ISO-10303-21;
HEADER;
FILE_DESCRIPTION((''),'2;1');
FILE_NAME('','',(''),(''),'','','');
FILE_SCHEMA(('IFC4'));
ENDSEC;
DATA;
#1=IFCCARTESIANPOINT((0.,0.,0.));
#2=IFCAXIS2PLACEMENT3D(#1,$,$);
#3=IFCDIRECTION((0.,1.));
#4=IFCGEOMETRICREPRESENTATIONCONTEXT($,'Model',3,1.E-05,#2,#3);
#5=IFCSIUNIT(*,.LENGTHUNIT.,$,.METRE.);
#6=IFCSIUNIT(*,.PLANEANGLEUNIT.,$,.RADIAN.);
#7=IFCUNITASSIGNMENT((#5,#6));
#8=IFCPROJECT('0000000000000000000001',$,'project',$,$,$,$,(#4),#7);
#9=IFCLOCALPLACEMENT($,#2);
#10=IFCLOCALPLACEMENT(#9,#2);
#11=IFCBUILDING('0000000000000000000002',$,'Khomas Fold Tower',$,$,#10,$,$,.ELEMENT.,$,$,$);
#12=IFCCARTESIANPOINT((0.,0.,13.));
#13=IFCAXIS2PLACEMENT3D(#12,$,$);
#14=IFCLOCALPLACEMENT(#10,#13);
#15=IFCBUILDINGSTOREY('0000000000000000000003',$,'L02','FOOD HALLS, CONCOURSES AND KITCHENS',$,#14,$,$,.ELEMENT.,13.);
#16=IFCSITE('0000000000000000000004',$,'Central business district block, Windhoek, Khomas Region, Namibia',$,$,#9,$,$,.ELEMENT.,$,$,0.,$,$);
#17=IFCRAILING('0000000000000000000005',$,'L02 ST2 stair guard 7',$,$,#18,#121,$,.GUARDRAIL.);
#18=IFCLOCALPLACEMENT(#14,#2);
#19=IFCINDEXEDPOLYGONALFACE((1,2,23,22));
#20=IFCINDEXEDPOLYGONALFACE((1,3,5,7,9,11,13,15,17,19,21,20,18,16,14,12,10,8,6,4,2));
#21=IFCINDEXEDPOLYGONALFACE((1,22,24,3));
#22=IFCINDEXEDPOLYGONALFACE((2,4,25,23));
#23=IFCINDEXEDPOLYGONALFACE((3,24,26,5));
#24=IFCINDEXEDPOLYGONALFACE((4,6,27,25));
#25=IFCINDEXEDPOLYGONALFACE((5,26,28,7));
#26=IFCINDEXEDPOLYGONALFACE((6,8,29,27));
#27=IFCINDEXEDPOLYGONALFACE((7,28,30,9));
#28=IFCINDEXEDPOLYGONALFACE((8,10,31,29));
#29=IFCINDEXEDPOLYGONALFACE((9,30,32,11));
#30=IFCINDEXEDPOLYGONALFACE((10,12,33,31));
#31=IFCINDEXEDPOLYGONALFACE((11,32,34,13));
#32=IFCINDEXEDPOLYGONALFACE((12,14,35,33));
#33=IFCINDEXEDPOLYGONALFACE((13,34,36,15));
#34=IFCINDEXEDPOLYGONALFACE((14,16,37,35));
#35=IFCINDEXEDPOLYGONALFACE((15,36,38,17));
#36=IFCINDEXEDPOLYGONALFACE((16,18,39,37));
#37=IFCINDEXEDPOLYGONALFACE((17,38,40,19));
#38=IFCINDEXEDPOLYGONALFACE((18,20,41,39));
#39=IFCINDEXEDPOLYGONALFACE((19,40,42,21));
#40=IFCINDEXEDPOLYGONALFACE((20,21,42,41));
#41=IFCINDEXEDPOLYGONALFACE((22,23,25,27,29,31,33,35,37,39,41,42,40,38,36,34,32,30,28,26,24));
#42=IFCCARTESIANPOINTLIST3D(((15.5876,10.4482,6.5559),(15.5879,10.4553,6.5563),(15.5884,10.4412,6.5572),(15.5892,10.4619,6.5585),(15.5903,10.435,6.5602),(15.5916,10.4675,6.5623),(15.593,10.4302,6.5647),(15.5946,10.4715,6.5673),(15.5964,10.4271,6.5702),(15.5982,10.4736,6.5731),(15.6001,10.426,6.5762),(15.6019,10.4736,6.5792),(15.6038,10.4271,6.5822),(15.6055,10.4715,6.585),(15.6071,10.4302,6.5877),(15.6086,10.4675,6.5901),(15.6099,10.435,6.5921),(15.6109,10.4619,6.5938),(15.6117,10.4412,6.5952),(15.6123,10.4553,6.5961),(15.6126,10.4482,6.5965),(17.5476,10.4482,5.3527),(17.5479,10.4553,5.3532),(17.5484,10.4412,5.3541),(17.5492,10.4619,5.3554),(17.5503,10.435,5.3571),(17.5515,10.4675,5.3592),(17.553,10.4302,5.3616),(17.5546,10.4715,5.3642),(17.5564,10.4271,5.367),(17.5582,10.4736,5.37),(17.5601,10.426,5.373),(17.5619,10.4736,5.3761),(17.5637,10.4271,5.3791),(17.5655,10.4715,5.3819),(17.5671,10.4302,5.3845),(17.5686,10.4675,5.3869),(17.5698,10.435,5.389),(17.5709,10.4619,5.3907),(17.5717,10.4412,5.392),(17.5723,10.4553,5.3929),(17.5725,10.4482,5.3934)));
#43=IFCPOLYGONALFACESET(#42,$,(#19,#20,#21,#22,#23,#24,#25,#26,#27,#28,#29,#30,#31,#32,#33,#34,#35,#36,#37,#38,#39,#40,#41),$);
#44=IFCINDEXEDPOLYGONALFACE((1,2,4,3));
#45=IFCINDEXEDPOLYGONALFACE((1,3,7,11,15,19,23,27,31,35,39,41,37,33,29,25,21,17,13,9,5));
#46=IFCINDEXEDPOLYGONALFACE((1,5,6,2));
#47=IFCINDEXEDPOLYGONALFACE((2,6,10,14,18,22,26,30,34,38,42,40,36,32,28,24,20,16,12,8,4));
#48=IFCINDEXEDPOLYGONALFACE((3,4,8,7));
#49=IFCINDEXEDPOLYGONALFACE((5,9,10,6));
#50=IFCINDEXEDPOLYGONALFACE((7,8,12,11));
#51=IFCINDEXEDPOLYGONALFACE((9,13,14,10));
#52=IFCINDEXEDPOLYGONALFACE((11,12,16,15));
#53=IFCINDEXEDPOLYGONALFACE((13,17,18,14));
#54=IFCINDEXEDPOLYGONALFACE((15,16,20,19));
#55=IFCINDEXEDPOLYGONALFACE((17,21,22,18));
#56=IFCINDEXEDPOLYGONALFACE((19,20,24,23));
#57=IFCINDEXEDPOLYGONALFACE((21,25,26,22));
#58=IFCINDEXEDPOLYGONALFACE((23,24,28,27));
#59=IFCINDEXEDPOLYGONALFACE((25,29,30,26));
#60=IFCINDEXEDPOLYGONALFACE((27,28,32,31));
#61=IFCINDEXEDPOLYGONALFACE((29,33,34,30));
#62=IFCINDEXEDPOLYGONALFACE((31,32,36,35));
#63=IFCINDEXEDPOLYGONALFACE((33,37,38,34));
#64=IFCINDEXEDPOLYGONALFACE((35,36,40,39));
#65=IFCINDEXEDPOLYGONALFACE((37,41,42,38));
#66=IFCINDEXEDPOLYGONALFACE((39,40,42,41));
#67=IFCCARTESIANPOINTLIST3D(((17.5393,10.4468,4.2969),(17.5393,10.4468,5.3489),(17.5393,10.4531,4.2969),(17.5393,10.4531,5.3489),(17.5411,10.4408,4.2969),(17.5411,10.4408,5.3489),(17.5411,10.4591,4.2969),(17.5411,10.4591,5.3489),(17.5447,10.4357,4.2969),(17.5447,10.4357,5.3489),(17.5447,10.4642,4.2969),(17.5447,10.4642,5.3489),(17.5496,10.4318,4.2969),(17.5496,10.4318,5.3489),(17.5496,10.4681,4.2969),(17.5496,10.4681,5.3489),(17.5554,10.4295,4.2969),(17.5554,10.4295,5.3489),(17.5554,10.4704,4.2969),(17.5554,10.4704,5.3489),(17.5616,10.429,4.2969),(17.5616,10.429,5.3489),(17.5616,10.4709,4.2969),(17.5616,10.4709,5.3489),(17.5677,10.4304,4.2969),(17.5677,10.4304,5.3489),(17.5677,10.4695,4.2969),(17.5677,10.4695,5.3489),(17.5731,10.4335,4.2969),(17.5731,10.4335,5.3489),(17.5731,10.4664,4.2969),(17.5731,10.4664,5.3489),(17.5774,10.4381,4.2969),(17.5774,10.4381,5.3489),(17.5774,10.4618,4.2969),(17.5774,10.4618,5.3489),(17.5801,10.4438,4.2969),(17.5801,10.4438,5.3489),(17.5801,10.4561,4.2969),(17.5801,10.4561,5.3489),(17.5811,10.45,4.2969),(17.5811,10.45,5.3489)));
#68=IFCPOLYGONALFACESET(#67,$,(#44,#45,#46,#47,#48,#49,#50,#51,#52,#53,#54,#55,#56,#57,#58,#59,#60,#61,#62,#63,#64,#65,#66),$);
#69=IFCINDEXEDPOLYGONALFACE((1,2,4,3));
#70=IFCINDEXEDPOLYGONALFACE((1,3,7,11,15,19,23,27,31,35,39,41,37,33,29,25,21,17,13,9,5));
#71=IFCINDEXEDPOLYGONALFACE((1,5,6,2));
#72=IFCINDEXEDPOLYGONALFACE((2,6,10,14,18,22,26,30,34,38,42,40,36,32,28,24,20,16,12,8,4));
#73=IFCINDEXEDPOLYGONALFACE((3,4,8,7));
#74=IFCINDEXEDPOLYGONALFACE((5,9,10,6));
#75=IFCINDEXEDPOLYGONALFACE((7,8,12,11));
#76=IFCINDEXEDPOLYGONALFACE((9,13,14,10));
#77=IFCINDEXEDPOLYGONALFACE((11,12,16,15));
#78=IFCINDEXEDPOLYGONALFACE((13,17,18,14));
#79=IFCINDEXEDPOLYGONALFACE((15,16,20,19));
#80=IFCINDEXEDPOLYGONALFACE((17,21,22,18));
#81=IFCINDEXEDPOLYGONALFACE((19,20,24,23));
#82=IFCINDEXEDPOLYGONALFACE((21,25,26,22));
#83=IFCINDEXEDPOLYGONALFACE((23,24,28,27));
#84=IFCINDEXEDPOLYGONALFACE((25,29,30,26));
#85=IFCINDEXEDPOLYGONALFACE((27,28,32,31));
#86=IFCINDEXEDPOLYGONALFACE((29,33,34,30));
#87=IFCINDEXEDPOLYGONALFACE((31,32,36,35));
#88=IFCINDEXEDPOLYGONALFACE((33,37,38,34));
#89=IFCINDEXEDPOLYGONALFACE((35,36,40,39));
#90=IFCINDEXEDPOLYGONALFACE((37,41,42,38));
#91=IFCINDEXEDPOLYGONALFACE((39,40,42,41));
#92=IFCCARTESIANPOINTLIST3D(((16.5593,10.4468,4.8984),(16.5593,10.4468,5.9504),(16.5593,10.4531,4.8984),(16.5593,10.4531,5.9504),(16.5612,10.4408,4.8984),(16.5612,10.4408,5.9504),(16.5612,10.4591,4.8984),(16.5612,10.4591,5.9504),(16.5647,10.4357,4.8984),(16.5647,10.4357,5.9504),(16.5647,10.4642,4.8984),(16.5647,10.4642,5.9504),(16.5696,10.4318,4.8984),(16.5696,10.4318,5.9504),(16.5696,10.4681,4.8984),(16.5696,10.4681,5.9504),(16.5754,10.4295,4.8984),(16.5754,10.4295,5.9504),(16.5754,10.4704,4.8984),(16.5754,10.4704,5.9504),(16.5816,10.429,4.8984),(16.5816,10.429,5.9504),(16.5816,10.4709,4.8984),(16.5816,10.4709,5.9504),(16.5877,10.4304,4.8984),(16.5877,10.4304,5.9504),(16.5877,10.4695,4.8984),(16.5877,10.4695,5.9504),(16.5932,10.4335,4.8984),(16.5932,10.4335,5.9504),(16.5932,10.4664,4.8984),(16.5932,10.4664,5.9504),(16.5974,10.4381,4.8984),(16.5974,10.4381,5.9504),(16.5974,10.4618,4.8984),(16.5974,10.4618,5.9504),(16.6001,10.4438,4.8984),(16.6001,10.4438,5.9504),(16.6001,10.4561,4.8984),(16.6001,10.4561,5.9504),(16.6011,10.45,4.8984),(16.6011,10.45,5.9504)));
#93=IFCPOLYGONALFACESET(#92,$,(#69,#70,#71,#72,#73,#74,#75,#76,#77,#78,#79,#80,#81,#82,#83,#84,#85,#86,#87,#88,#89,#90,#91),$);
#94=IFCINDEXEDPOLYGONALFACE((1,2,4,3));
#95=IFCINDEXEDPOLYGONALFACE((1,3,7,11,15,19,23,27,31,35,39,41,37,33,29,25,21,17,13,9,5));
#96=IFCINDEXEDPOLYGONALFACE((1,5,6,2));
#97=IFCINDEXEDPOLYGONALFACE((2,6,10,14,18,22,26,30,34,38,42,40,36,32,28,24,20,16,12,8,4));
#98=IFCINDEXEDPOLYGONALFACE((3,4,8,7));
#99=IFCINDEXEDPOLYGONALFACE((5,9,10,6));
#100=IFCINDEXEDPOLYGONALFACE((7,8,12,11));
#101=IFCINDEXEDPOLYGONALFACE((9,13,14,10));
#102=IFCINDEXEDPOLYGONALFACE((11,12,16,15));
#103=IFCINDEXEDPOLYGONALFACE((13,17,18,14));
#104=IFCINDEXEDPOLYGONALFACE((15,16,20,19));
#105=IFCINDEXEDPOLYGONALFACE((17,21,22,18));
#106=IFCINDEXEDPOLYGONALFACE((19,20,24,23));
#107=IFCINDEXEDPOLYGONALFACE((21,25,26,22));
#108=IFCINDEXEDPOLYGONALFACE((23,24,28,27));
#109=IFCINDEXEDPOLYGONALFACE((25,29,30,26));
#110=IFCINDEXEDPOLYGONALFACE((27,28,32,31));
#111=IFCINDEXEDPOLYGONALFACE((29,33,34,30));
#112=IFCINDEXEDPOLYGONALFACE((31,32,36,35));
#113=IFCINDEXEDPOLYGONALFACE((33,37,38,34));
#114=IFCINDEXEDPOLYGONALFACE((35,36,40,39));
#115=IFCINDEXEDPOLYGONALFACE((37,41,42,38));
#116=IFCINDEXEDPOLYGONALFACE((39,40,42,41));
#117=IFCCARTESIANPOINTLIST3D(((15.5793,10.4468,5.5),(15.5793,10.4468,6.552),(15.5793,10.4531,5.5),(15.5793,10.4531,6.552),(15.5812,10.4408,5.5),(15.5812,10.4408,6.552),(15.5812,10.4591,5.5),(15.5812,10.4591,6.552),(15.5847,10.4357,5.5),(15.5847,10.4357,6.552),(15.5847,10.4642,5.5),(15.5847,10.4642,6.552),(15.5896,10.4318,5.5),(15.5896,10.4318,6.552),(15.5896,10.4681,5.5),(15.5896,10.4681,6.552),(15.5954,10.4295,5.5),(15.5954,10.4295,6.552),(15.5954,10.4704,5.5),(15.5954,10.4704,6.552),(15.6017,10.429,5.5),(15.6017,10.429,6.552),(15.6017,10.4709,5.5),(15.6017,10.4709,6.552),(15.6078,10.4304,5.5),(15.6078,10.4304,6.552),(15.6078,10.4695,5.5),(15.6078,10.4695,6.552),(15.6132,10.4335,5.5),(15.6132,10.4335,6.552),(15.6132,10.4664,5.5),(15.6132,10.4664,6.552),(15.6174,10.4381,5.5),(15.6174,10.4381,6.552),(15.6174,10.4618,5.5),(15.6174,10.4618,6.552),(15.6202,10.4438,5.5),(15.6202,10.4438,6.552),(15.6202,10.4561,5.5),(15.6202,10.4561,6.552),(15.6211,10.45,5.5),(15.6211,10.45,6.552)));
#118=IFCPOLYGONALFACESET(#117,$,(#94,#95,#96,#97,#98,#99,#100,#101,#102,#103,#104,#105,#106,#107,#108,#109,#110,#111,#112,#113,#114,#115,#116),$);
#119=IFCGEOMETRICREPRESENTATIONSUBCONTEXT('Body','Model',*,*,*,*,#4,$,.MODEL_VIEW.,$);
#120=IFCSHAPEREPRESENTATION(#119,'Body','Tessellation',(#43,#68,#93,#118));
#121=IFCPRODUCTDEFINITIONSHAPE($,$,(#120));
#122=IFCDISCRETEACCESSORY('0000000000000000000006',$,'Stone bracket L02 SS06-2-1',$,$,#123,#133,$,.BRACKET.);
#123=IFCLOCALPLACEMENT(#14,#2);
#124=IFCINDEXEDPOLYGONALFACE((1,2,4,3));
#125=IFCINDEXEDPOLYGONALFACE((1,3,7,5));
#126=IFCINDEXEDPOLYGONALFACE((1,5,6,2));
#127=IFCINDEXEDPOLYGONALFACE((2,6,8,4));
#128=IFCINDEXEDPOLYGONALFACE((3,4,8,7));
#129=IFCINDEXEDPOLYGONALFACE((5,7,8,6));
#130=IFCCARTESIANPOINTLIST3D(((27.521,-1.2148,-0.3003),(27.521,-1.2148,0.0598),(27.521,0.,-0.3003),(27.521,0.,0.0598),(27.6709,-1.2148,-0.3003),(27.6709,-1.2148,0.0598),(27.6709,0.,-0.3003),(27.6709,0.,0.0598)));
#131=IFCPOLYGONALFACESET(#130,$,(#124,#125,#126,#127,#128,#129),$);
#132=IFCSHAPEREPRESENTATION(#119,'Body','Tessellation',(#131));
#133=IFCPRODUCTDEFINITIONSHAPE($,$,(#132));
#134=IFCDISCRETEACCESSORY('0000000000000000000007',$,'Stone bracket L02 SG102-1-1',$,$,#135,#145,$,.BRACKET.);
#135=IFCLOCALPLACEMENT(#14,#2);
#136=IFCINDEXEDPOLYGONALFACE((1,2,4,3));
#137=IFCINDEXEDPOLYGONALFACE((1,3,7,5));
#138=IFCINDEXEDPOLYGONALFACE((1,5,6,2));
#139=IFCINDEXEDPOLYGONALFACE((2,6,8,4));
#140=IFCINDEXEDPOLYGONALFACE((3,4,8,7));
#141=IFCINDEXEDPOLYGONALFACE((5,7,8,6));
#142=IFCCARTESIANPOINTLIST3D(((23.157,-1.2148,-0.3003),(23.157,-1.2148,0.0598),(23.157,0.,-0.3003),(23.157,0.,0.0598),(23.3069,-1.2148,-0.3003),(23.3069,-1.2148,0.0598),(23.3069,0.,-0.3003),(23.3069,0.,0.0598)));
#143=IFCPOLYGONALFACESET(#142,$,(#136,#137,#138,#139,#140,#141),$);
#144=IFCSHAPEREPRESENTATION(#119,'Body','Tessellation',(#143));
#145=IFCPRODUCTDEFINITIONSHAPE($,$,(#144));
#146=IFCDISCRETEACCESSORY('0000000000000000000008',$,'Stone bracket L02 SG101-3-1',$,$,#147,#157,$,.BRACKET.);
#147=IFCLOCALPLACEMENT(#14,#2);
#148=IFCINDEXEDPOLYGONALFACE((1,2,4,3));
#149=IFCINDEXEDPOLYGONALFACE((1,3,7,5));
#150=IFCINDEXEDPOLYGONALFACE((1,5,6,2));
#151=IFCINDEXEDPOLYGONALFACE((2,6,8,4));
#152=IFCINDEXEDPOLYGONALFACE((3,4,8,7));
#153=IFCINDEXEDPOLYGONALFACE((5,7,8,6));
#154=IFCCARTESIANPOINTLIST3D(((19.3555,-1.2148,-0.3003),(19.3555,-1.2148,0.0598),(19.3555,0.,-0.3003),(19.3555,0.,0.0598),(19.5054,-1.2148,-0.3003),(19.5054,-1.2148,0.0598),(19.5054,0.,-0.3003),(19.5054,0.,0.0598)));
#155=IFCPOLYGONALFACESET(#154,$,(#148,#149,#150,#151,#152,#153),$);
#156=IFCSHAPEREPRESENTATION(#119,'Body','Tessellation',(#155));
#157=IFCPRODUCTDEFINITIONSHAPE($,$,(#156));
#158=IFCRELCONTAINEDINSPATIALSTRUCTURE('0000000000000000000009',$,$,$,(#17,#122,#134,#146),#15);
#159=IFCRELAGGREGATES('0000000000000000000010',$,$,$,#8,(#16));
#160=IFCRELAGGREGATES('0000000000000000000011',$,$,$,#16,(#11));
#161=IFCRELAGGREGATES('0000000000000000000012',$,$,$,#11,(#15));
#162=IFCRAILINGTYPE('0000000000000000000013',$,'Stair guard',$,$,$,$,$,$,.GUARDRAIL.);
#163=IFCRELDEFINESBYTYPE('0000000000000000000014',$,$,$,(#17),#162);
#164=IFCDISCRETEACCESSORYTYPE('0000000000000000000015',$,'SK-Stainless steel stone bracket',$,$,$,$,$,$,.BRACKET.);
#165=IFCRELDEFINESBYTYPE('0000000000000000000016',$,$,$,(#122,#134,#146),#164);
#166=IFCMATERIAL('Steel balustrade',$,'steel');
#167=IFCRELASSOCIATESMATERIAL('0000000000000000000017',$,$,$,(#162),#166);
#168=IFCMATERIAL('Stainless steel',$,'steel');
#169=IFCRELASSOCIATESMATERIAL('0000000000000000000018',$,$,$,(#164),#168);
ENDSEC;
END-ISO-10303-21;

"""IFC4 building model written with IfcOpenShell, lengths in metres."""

from ifc_helpers import new_model, si_unit, direction, frame, origin, origin_2d, place, context, subcontext, project, spatial, rectangle, circle, extrude, source, transform, mapped, material, type_object, element, save


model = new_model("IFC4")

# Units and contexts
model_context = context("Model", 3, precision=1e-05, world=origin(), true_north=direction((0.0, 1.0)))
body_context = subcontext(model_context, "Body", "Model", "MODEL_VIEW")
ifc_project = project(units=[si_unit("LENGTHUNIT", "METRE"), si_unit("PLANEANGLEUNIT", "RADIAN")], contexts=[model_context])

# Site, building, storey
site_placement = place(None, origin())
site = spatial("IfcSite", under=ifc_project, at=site_placement, Name="Central business district block, Windhoek, Khomas Region, Namibia", CompositionType="ELEMENT", RefElevation=0.0)
building_placement = place(site_placement, origin())
building = spatial("IfcBuilding", under=site, at=building_placement, Name="Khomas Fold Tower", CompositionType="ELEMENT")
storey_placement = place(building_placement, frame((0.0, 0.0, 13.0)))
storey = spatial("IfcBuildingStorey", under=building, at=storey_placement, Name="L02", Description="FOOD HALLS, CONCOURSES AND KITCHENS", CompositionType="ELEMENT", Elevation=13.0)

# Railing
ifc_material_1 = material(Name="Steel balustrade", Category="steel")
railing_type = type_object("IfcRailingType", Name="Stair guard", PredefinedType="GUARDRAIL", material=ifc_material_1)
shared_shape_1 = source(origin(), body_context, "Body", "SweptSolid", [
    extrude(circle(Radius=0.0239, at=origin_2d()), frame((0.0, 0.0, 1.0762), z_axis=(-0.852241, 0.0, 0.523149), x_axis=(0.0, -1.0, 0.0)), (0.0, 0.0, 1.0), 2.2998),
    extrude(circle(Radius=0.021, at=origin_2d()), origin(), (0.0, 0.0, 1.0), 1.052),
    extrude(circle(Radius=0.021, at=origin_2d()), frame((-0.98, 0.0, 0.6016)), (0.0, 0.0, 1.0), 1.052),
    extrude(circle(Radius=0.021, at=origin_2d()), frame((-1.96, 0.0, 1.2031)), (0.0, 0.0, 1.0), 1.052),
])
for number, where, name in (
    (1, (17.5601, 10.45, 4.2969), "L02 ST2 stair guard 7"),
):
    element("IfcRailing", number, at=place(storey_placement, frame(where)), inside=storey, type_object=railing_type, Name=name, PredefinedType="GUARDRAIL", context=body_context, shape_type="MappedRepresentation", body=[
        mapped(shared_shape_1, transform((0.0, 0.0, 0.0))),
    ])

# Discrete accessories
ifc_material_2 = material(Name="Stainless steel", Category="steel")
discrete_accessory_type = type_object("IfcDiscreteAccessoryType", Name="SK-Stainless steel stone bracket", PredefinedType="BRACKET", material=ifc_material_2)
shared_shape_2 = source(origin(), body_context, "Body", "SweptSolid", [
    extrude(rectangle(XDim=1.2148, YDim=0.1499, at=origin_2d()), origin(), (0.0, 0.0, 1.0), 0.3601),
])
for number, where, z_axis, x_axis, name in (
    (2, (27.5959, -0.6074, -0.3003), (0.0, 0.0, 1.0), (0.0, -1.0, 0.0), "Stone bracket L02 SS06-2-1"),
    (3, (23.2319, -0.6074, -0.3003), (0.0, 0.0, 1.0), (0.0, -1.0, 0.0), "Stone bracket L02 SG102-1-1"),
    (4, (19.4304, -0.6074, -0.3003), (0.0, 0.0, 1.0), (0.0, -1.0, 0.0), "Stone bracket L02 SG101-3-1"),
):
    element("IfcDiscreteAccessory", number, at=place(storey_placement, frame(where, z_axis=z_axis, x_axis=x_axis)), inside=storey, type_object=discrete_accessory_type, Name=name, PredefinedType="BRACKET", context=body_context, shape_type="MappedRepresentation", body=[
        mapped(shared_shape_2, transform((0.0, 0.0, 0.0))),
    ])

save(model, "model.ifc")
